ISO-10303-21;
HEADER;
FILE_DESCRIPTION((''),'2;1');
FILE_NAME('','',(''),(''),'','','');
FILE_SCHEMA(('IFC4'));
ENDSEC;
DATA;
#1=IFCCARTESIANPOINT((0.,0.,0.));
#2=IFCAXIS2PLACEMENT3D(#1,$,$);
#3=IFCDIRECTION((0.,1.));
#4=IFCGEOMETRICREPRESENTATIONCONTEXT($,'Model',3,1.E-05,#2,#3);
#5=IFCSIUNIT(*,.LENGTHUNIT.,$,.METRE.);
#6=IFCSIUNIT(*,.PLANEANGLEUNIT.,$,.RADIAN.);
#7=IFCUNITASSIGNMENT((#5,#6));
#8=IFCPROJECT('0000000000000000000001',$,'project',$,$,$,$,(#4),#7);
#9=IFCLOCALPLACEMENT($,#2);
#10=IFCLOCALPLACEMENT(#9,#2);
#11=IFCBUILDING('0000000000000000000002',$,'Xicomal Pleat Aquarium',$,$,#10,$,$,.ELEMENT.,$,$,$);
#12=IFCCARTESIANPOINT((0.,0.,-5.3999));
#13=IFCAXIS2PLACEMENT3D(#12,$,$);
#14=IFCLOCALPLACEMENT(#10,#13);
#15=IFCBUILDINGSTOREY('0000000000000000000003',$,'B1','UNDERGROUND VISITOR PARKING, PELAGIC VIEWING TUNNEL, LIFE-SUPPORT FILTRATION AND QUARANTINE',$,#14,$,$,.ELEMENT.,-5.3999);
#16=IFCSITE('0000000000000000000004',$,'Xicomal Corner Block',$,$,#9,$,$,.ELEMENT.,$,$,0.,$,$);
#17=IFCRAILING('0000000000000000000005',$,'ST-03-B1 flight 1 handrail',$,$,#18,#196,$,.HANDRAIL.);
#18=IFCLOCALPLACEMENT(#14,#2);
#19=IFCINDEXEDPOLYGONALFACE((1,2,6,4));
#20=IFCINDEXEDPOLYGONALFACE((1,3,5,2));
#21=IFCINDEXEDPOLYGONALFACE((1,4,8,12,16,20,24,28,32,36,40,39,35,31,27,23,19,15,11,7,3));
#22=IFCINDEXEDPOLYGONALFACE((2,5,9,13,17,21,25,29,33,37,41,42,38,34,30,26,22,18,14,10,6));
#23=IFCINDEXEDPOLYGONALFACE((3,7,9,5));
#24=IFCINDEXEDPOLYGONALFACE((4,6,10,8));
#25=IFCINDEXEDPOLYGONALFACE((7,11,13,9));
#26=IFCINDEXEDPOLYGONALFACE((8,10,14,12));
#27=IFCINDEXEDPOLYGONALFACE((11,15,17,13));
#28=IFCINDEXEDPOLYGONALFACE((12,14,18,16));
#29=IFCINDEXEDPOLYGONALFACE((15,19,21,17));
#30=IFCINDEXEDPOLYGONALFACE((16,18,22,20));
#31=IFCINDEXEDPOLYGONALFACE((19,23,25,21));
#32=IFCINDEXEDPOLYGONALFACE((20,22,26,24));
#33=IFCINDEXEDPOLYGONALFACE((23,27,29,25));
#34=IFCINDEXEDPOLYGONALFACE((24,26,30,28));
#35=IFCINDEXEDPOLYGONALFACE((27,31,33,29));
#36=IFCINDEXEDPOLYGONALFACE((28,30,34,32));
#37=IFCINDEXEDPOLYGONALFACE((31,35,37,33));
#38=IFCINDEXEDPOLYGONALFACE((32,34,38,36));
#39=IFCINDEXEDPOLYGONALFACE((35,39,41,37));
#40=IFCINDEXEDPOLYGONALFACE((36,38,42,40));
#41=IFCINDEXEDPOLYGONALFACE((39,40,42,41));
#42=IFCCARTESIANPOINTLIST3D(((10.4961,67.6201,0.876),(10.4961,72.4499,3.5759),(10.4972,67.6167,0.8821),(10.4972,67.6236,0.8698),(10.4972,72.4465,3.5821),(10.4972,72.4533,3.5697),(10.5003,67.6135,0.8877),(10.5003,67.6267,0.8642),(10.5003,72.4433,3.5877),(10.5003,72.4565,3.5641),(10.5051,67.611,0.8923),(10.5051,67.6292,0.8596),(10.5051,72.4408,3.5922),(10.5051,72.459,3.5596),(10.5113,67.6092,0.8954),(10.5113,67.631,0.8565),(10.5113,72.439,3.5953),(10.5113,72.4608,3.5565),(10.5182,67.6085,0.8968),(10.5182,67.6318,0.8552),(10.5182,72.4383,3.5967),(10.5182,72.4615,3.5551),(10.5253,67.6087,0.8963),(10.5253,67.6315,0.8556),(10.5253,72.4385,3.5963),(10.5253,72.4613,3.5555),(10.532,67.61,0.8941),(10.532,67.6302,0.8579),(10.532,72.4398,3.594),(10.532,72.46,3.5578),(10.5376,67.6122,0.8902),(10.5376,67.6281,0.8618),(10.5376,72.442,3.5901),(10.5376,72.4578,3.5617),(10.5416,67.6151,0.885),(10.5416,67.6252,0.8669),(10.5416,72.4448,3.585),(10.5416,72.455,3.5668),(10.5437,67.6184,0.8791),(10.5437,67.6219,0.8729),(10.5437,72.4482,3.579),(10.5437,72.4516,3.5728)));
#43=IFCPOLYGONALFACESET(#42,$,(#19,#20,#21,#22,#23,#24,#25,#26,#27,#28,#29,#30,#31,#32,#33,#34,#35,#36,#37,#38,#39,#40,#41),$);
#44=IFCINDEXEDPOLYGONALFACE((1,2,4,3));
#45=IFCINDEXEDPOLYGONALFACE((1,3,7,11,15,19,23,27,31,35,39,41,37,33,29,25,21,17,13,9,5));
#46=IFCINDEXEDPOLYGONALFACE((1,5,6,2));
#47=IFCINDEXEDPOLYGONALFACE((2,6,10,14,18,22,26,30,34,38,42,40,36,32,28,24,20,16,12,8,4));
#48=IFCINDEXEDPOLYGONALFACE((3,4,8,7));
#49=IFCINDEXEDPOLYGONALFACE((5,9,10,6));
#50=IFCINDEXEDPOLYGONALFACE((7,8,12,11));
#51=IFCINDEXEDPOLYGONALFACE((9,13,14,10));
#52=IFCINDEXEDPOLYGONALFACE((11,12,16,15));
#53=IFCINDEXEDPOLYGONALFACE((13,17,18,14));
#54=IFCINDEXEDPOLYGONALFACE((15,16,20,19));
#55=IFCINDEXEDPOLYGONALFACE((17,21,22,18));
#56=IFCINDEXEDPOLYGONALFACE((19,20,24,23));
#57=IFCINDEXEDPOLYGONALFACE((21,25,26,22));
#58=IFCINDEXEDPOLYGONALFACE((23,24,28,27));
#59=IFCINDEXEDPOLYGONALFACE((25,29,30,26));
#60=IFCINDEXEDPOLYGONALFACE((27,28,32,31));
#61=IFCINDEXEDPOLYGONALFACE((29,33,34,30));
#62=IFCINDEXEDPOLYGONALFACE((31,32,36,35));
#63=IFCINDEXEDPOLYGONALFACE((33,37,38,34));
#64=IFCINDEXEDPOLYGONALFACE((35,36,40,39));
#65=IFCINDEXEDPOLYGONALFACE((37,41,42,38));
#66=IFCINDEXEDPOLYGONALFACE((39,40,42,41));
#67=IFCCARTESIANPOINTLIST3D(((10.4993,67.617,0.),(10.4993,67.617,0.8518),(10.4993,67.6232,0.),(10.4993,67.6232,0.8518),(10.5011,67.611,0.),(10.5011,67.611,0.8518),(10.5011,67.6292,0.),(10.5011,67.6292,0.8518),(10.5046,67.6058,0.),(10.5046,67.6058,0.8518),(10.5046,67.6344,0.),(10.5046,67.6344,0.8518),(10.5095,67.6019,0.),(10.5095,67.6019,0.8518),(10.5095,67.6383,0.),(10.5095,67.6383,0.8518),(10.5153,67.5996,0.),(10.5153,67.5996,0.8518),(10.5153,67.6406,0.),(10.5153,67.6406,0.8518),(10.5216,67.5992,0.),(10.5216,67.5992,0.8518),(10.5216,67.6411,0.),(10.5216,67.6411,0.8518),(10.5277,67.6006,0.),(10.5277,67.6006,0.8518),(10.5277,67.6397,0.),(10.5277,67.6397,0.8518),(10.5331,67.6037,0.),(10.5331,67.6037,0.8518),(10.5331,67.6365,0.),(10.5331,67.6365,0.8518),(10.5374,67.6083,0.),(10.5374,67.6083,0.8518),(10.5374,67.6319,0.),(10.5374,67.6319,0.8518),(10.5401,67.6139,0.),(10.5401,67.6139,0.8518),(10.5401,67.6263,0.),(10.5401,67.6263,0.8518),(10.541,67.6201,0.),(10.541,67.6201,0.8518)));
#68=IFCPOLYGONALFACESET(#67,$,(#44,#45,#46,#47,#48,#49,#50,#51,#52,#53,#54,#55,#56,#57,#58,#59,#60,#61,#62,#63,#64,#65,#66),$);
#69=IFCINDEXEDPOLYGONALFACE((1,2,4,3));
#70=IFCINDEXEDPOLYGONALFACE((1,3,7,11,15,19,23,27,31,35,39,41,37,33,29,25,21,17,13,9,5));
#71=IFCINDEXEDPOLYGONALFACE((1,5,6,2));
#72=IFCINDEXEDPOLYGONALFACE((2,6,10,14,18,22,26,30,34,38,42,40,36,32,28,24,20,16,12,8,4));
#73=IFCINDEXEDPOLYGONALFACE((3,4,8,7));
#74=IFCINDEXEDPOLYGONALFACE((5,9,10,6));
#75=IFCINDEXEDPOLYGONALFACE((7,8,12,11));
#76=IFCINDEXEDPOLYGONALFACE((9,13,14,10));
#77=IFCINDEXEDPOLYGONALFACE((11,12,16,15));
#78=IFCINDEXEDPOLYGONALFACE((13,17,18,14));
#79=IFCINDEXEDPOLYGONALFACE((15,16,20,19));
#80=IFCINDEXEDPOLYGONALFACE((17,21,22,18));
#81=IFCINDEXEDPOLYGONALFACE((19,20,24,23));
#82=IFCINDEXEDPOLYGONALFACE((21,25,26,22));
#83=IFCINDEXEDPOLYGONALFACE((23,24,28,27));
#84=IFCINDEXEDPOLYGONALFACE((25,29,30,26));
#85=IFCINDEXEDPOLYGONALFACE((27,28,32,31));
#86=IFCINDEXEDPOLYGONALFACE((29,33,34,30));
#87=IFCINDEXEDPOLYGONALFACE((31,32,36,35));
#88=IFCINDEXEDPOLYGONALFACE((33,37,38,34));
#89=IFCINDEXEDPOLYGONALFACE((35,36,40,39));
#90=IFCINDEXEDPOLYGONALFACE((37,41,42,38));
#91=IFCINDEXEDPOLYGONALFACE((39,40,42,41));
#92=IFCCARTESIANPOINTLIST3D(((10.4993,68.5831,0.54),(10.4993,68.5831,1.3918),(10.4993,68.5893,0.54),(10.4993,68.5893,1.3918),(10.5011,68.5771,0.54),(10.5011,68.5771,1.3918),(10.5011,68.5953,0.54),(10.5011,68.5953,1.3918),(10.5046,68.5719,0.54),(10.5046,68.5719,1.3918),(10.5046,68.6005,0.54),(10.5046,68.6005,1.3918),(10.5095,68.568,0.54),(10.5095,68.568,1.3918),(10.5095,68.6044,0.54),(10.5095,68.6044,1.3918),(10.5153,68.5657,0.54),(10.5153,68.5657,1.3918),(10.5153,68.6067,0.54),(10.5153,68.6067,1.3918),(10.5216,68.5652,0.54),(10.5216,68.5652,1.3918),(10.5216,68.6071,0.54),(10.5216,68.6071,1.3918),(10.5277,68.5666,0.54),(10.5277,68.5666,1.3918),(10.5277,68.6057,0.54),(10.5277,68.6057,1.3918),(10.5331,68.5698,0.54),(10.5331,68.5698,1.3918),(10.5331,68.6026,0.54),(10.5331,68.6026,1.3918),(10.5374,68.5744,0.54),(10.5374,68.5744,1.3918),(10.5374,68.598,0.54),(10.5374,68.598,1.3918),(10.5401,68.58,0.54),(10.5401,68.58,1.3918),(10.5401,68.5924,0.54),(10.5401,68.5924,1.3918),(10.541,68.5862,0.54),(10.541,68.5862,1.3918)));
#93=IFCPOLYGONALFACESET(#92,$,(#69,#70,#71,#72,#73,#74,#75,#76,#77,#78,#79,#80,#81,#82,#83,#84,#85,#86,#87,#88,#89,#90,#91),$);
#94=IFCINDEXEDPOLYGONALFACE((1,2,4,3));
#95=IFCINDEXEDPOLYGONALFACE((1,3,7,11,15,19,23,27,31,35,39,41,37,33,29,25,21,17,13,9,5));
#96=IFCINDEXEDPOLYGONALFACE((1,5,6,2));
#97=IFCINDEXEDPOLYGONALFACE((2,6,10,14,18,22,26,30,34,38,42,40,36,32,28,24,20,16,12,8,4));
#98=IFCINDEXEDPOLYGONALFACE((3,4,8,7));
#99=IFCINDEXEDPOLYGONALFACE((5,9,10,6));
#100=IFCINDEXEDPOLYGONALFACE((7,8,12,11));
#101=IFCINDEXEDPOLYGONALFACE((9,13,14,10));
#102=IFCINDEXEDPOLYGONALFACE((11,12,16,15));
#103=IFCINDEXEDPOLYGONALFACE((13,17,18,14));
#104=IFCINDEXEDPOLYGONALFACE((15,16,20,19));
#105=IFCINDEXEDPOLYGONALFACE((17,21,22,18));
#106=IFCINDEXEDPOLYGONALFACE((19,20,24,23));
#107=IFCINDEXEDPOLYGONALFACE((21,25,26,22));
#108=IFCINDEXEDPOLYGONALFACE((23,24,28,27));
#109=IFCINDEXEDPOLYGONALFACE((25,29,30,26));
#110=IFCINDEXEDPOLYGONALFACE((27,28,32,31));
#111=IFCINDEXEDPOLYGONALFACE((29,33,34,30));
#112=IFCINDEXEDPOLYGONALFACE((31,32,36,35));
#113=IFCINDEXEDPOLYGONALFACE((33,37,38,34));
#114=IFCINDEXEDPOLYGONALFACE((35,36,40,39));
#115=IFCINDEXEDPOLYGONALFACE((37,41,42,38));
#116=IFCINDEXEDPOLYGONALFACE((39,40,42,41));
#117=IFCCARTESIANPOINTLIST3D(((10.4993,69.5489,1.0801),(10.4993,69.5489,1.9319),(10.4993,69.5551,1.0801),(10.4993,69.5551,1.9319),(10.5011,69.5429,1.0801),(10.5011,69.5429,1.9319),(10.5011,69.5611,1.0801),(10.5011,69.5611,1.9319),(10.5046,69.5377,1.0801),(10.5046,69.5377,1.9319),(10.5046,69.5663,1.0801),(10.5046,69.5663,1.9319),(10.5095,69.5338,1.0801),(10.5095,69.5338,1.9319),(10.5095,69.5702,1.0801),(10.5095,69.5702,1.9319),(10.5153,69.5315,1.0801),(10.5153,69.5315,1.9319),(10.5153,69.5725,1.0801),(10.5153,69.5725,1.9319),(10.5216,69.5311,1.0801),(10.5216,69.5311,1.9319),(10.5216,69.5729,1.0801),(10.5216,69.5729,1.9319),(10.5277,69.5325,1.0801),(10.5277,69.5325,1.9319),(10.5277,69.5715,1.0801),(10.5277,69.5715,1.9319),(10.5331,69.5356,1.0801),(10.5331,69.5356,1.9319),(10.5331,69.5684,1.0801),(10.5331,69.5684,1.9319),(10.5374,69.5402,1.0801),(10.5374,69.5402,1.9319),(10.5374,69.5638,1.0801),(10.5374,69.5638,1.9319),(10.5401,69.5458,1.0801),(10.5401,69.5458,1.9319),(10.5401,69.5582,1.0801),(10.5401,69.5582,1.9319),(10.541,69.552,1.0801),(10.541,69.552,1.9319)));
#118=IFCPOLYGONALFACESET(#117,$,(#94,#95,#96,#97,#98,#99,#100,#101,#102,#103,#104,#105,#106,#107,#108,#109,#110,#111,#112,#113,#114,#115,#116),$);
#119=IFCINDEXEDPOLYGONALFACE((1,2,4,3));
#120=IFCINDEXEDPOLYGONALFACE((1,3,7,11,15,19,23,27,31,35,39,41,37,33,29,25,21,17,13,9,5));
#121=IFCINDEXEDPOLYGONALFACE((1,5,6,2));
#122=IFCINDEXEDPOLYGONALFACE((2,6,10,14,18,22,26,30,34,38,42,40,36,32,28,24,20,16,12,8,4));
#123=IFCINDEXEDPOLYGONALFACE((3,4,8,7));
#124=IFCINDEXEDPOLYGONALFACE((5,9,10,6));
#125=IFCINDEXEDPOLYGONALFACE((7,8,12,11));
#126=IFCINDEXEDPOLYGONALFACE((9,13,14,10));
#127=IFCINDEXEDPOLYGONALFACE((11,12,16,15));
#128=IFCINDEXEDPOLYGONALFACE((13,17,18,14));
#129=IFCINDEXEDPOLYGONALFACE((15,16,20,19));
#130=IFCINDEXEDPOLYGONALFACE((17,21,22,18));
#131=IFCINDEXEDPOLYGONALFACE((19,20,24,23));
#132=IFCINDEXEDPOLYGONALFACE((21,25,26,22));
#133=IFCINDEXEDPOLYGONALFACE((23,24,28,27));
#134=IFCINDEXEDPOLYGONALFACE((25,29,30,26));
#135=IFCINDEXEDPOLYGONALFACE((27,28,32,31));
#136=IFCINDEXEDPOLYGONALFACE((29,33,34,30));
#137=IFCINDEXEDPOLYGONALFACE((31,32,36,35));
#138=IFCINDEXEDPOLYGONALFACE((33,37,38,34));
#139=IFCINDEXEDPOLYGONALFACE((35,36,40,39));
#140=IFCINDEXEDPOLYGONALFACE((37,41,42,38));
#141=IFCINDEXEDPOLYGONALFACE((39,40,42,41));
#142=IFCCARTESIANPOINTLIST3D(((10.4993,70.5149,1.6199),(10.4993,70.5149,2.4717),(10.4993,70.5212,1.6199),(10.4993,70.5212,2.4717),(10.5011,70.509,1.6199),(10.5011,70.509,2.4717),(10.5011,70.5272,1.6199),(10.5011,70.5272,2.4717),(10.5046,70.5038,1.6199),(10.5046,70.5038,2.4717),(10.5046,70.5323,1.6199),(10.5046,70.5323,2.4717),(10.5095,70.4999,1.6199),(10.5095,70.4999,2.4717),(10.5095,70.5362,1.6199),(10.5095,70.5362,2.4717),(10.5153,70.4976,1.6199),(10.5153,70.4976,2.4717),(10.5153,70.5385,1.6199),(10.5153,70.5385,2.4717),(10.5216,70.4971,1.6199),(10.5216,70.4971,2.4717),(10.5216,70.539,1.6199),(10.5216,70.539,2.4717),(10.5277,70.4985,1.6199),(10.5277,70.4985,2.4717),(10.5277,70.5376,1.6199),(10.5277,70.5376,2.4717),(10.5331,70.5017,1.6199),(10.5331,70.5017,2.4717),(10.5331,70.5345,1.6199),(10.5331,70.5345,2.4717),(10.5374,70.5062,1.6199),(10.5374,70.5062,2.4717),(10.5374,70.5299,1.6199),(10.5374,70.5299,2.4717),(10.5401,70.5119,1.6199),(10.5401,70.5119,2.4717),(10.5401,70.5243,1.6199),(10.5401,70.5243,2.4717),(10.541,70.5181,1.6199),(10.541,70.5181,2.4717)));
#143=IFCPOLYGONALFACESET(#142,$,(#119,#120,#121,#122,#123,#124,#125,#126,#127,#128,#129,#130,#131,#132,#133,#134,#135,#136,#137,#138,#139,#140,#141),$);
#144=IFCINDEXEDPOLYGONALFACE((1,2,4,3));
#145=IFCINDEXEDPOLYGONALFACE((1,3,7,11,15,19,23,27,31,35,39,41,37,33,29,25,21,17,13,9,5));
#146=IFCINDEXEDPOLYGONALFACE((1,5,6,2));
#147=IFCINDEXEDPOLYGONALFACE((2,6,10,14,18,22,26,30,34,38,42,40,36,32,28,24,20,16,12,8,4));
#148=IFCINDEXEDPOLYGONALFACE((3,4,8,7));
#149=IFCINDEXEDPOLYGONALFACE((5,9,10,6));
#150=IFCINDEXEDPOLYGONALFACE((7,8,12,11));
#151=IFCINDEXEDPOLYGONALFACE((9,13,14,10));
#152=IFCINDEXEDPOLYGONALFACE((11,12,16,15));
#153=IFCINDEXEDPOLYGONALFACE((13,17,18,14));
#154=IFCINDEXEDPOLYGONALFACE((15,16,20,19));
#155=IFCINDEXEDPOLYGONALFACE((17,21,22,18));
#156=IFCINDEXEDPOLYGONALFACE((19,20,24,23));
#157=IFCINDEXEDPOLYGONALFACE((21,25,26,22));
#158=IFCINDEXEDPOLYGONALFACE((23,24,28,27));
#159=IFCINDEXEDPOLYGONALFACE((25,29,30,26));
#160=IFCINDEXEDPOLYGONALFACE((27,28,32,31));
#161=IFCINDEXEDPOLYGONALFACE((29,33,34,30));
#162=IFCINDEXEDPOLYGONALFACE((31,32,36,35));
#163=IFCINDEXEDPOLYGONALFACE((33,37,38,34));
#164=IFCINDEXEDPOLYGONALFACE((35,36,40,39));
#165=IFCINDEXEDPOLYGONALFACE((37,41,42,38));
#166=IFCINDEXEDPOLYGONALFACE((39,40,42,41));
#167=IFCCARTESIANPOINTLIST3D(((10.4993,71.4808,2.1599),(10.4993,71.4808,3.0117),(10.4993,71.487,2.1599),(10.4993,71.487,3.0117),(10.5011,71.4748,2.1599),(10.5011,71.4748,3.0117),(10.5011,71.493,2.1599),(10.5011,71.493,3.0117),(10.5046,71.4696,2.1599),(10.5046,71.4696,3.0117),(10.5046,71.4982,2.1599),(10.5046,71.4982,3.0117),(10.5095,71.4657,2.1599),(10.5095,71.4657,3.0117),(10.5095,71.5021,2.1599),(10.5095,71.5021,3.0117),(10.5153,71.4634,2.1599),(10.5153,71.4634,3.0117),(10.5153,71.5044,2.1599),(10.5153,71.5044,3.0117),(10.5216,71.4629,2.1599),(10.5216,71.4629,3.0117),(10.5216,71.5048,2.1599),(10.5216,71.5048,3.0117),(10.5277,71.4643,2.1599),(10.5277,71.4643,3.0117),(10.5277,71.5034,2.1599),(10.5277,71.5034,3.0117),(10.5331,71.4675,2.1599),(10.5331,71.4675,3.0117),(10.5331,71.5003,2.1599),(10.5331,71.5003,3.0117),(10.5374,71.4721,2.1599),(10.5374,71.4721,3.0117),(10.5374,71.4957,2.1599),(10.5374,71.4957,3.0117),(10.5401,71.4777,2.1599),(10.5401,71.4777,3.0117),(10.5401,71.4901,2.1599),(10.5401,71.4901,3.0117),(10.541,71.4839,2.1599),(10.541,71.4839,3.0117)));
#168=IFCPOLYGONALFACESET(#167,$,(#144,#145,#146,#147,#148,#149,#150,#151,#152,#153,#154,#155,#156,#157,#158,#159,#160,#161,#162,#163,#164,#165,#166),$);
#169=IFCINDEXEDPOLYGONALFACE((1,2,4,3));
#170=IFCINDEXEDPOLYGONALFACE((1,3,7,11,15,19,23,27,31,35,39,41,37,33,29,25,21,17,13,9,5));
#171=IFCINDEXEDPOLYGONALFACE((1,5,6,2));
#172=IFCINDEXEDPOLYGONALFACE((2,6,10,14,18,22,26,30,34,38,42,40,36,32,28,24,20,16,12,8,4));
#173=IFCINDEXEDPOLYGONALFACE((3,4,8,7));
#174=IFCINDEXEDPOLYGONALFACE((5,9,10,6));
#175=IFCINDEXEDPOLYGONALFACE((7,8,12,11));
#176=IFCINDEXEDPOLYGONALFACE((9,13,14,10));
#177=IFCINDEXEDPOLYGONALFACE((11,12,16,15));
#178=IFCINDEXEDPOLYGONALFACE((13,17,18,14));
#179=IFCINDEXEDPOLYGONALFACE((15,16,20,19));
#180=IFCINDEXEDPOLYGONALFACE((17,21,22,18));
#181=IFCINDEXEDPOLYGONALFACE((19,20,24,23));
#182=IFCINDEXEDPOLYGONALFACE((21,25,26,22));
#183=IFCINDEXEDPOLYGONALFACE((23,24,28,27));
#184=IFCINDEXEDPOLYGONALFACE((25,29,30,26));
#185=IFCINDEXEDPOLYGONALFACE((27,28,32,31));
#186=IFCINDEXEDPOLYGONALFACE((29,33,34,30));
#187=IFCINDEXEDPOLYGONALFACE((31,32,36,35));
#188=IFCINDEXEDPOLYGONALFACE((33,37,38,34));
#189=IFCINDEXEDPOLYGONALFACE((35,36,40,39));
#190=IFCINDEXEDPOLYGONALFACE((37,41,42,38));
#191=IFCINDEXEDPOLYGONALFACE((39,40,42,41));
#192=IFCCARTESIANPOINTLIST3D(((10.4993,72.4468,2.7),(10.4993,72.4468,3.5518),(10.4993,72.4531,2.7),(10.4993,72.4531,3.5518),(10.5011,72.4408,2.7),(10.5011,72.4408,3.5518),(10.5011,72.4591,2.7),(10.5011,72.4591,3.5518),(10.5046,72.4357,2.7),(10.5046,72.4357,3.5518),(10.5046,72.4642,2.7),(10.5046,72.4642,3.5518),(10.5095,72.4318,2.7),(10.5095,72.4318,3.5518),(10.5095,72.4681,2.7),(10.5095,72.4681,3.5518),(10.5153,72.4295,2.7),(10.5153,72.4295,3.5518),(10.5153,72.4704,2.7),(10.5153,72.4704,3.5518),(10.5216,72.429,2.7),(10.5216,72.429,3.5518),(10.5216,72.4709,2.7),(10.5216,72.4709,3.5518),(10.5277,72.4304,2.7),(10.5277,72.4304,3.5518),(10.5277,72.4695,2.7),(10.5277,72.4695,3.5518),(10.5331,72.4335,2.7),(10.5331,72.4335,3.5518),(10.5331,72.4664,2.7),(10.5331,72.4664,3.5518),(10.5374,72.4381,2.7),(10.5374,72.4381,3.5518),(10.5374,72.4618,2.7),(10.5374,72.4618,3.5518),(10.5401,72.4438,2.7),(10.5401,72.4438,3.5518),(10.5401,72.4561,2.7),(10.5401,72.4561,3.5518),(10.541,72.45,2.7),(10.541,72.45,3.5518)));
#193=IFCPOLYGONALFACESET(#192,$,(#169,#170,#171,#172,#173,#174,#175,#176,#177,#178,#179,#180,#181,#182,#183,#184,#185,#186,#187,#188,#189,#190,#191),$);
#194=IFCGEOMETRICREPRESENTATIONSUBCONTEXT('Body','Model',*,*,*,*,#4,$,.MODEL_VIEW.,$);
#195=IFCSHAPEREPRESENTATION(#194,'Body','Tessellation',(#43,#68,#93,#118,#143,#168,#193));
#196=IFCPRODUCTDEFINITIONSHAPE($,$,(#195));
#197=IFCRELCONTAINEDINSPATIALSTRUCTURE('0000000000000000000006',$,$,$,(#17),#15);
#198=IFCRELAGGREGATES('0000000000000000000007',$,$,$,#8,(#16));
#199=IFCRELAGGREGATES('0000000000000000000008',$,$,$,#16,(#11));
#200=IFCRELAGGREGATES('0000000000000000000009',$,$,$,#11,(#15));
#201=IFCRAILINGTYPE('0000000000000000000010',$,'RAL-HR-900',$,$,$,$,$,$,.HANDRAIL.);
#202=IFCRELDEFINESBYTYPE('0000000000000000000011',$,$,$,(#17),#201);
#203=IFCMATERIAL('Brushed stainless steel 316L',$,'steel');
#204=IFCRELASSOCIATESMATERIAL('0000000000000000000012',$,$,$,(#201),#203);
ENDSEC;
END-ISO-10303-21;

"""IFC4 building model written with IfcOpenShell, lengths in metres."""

from ifc_helpers import new_model, si_unit, direction, frame, origin, origin_2d, place, context, subcontext, project, spatial, circle, extrude, material, type_object, element, save


model = new_model("IFC4")

# Units and contexts
model_context = context("Model", 3, precision=1e-05, world=origin(), true_north=direction((0.0, 1.0)))
body_context = subcontext(model_context, "Body", "Model", "MODEL_VIEW")
ifc_project = project(units=[si_unit("LENGTHUNIT", "METRE"), si_unit("PLANEANGLEUNIT", "RADIAN")], contexts=[model_context])

# Site, building, storey
site_placement = place(None, origin())
site = spatial("IfcSite", under=ifc_project, at=site_placement, Name="Xicomal Corner Block", CompositionType="ELEMENT", RefElevation=0.0)
building_placement = place(site_placement, origin())
building = spatial("IfcBuilding", under=site, at=building_placement, Name="Xicomal Pleat Aquarium", CompositionType="ELEMENT")
storey_placement = place(building_placement, frame((0.0, 0.0, -5.3999)))
storey = spatial("IfcBuildingStorey", under=building, at=storey_placement, Name="B1", Description="UNDERGROUND VISITOR PARKING, PELAGIC VIEWING TUNNEL, LIFE-SUPPORT FILTRATION AND QUARANTINE", CompositionType="ELEMENT", Elevation=-5.3999)

# Railing
ifc_material_1 = material(Name="Brushed stainless steel 316L", Category="steel")
railing_type = type_object("IfcRailingType", Name="RAL-HR-900", PredefinedType="HANDRAIL", material=ifc_material_1)
railing_placement = place(storey_placement, frame((10.52, 67.6201, 0.0)))
element("IfcRailing", 1, at=railing_placement, inside=storey, type_object=railing_type, Name="ST-03-B1 flight 1 handrail", PredefinedType="HANDRAIL", context=body_context, shape_type="SweptSolid", body=[
    extrude(circle(Radius=0.0239, at=origin_2d()), frame((0.0, 0.0, 0.876), z_axis=(0.0, 0.872872, 0.487949), x_axis=(-1.0, 0.0, 0.0)), (0.0, 0.0, 1.0), 5.5332),
    extrude(circle(Radius=0.021, at=origin_2d()), origin(), (0.0, 0.0, 1.0), 0.8518),
    extrude(circle(Radius=0.021, at=origin_2d()), frame((0.0, 0.9661, 0.54)), (0.0, 0.0, 1.0), 0.8518),
    extrude(circle(Radius=0.021, at=origin_2d()), frame((0.0, 1.9319, 1.0801)), (0.0, 0.0, 1.0), 0.8518),
    extrude(circle(Radius=0.021, at=origin_2d()), frame((0.0, 2.8979, 1.6199)), (0.0, 0.0, 1.0), 0.8518),
    extrude(circle(Radius=0.021, at=origin_2d()), frame((0.0, 3.8638, 2.1599)), (0.0, 0.0, 1.0), 0.8518),
    extrude(circle(Radius=0.021, at=origin_2d()), frame((0.0, 4.8298, 2.7)), (0.0, 0.0, 1.0), 0.8518),
])

save(model, "model.ifc")
